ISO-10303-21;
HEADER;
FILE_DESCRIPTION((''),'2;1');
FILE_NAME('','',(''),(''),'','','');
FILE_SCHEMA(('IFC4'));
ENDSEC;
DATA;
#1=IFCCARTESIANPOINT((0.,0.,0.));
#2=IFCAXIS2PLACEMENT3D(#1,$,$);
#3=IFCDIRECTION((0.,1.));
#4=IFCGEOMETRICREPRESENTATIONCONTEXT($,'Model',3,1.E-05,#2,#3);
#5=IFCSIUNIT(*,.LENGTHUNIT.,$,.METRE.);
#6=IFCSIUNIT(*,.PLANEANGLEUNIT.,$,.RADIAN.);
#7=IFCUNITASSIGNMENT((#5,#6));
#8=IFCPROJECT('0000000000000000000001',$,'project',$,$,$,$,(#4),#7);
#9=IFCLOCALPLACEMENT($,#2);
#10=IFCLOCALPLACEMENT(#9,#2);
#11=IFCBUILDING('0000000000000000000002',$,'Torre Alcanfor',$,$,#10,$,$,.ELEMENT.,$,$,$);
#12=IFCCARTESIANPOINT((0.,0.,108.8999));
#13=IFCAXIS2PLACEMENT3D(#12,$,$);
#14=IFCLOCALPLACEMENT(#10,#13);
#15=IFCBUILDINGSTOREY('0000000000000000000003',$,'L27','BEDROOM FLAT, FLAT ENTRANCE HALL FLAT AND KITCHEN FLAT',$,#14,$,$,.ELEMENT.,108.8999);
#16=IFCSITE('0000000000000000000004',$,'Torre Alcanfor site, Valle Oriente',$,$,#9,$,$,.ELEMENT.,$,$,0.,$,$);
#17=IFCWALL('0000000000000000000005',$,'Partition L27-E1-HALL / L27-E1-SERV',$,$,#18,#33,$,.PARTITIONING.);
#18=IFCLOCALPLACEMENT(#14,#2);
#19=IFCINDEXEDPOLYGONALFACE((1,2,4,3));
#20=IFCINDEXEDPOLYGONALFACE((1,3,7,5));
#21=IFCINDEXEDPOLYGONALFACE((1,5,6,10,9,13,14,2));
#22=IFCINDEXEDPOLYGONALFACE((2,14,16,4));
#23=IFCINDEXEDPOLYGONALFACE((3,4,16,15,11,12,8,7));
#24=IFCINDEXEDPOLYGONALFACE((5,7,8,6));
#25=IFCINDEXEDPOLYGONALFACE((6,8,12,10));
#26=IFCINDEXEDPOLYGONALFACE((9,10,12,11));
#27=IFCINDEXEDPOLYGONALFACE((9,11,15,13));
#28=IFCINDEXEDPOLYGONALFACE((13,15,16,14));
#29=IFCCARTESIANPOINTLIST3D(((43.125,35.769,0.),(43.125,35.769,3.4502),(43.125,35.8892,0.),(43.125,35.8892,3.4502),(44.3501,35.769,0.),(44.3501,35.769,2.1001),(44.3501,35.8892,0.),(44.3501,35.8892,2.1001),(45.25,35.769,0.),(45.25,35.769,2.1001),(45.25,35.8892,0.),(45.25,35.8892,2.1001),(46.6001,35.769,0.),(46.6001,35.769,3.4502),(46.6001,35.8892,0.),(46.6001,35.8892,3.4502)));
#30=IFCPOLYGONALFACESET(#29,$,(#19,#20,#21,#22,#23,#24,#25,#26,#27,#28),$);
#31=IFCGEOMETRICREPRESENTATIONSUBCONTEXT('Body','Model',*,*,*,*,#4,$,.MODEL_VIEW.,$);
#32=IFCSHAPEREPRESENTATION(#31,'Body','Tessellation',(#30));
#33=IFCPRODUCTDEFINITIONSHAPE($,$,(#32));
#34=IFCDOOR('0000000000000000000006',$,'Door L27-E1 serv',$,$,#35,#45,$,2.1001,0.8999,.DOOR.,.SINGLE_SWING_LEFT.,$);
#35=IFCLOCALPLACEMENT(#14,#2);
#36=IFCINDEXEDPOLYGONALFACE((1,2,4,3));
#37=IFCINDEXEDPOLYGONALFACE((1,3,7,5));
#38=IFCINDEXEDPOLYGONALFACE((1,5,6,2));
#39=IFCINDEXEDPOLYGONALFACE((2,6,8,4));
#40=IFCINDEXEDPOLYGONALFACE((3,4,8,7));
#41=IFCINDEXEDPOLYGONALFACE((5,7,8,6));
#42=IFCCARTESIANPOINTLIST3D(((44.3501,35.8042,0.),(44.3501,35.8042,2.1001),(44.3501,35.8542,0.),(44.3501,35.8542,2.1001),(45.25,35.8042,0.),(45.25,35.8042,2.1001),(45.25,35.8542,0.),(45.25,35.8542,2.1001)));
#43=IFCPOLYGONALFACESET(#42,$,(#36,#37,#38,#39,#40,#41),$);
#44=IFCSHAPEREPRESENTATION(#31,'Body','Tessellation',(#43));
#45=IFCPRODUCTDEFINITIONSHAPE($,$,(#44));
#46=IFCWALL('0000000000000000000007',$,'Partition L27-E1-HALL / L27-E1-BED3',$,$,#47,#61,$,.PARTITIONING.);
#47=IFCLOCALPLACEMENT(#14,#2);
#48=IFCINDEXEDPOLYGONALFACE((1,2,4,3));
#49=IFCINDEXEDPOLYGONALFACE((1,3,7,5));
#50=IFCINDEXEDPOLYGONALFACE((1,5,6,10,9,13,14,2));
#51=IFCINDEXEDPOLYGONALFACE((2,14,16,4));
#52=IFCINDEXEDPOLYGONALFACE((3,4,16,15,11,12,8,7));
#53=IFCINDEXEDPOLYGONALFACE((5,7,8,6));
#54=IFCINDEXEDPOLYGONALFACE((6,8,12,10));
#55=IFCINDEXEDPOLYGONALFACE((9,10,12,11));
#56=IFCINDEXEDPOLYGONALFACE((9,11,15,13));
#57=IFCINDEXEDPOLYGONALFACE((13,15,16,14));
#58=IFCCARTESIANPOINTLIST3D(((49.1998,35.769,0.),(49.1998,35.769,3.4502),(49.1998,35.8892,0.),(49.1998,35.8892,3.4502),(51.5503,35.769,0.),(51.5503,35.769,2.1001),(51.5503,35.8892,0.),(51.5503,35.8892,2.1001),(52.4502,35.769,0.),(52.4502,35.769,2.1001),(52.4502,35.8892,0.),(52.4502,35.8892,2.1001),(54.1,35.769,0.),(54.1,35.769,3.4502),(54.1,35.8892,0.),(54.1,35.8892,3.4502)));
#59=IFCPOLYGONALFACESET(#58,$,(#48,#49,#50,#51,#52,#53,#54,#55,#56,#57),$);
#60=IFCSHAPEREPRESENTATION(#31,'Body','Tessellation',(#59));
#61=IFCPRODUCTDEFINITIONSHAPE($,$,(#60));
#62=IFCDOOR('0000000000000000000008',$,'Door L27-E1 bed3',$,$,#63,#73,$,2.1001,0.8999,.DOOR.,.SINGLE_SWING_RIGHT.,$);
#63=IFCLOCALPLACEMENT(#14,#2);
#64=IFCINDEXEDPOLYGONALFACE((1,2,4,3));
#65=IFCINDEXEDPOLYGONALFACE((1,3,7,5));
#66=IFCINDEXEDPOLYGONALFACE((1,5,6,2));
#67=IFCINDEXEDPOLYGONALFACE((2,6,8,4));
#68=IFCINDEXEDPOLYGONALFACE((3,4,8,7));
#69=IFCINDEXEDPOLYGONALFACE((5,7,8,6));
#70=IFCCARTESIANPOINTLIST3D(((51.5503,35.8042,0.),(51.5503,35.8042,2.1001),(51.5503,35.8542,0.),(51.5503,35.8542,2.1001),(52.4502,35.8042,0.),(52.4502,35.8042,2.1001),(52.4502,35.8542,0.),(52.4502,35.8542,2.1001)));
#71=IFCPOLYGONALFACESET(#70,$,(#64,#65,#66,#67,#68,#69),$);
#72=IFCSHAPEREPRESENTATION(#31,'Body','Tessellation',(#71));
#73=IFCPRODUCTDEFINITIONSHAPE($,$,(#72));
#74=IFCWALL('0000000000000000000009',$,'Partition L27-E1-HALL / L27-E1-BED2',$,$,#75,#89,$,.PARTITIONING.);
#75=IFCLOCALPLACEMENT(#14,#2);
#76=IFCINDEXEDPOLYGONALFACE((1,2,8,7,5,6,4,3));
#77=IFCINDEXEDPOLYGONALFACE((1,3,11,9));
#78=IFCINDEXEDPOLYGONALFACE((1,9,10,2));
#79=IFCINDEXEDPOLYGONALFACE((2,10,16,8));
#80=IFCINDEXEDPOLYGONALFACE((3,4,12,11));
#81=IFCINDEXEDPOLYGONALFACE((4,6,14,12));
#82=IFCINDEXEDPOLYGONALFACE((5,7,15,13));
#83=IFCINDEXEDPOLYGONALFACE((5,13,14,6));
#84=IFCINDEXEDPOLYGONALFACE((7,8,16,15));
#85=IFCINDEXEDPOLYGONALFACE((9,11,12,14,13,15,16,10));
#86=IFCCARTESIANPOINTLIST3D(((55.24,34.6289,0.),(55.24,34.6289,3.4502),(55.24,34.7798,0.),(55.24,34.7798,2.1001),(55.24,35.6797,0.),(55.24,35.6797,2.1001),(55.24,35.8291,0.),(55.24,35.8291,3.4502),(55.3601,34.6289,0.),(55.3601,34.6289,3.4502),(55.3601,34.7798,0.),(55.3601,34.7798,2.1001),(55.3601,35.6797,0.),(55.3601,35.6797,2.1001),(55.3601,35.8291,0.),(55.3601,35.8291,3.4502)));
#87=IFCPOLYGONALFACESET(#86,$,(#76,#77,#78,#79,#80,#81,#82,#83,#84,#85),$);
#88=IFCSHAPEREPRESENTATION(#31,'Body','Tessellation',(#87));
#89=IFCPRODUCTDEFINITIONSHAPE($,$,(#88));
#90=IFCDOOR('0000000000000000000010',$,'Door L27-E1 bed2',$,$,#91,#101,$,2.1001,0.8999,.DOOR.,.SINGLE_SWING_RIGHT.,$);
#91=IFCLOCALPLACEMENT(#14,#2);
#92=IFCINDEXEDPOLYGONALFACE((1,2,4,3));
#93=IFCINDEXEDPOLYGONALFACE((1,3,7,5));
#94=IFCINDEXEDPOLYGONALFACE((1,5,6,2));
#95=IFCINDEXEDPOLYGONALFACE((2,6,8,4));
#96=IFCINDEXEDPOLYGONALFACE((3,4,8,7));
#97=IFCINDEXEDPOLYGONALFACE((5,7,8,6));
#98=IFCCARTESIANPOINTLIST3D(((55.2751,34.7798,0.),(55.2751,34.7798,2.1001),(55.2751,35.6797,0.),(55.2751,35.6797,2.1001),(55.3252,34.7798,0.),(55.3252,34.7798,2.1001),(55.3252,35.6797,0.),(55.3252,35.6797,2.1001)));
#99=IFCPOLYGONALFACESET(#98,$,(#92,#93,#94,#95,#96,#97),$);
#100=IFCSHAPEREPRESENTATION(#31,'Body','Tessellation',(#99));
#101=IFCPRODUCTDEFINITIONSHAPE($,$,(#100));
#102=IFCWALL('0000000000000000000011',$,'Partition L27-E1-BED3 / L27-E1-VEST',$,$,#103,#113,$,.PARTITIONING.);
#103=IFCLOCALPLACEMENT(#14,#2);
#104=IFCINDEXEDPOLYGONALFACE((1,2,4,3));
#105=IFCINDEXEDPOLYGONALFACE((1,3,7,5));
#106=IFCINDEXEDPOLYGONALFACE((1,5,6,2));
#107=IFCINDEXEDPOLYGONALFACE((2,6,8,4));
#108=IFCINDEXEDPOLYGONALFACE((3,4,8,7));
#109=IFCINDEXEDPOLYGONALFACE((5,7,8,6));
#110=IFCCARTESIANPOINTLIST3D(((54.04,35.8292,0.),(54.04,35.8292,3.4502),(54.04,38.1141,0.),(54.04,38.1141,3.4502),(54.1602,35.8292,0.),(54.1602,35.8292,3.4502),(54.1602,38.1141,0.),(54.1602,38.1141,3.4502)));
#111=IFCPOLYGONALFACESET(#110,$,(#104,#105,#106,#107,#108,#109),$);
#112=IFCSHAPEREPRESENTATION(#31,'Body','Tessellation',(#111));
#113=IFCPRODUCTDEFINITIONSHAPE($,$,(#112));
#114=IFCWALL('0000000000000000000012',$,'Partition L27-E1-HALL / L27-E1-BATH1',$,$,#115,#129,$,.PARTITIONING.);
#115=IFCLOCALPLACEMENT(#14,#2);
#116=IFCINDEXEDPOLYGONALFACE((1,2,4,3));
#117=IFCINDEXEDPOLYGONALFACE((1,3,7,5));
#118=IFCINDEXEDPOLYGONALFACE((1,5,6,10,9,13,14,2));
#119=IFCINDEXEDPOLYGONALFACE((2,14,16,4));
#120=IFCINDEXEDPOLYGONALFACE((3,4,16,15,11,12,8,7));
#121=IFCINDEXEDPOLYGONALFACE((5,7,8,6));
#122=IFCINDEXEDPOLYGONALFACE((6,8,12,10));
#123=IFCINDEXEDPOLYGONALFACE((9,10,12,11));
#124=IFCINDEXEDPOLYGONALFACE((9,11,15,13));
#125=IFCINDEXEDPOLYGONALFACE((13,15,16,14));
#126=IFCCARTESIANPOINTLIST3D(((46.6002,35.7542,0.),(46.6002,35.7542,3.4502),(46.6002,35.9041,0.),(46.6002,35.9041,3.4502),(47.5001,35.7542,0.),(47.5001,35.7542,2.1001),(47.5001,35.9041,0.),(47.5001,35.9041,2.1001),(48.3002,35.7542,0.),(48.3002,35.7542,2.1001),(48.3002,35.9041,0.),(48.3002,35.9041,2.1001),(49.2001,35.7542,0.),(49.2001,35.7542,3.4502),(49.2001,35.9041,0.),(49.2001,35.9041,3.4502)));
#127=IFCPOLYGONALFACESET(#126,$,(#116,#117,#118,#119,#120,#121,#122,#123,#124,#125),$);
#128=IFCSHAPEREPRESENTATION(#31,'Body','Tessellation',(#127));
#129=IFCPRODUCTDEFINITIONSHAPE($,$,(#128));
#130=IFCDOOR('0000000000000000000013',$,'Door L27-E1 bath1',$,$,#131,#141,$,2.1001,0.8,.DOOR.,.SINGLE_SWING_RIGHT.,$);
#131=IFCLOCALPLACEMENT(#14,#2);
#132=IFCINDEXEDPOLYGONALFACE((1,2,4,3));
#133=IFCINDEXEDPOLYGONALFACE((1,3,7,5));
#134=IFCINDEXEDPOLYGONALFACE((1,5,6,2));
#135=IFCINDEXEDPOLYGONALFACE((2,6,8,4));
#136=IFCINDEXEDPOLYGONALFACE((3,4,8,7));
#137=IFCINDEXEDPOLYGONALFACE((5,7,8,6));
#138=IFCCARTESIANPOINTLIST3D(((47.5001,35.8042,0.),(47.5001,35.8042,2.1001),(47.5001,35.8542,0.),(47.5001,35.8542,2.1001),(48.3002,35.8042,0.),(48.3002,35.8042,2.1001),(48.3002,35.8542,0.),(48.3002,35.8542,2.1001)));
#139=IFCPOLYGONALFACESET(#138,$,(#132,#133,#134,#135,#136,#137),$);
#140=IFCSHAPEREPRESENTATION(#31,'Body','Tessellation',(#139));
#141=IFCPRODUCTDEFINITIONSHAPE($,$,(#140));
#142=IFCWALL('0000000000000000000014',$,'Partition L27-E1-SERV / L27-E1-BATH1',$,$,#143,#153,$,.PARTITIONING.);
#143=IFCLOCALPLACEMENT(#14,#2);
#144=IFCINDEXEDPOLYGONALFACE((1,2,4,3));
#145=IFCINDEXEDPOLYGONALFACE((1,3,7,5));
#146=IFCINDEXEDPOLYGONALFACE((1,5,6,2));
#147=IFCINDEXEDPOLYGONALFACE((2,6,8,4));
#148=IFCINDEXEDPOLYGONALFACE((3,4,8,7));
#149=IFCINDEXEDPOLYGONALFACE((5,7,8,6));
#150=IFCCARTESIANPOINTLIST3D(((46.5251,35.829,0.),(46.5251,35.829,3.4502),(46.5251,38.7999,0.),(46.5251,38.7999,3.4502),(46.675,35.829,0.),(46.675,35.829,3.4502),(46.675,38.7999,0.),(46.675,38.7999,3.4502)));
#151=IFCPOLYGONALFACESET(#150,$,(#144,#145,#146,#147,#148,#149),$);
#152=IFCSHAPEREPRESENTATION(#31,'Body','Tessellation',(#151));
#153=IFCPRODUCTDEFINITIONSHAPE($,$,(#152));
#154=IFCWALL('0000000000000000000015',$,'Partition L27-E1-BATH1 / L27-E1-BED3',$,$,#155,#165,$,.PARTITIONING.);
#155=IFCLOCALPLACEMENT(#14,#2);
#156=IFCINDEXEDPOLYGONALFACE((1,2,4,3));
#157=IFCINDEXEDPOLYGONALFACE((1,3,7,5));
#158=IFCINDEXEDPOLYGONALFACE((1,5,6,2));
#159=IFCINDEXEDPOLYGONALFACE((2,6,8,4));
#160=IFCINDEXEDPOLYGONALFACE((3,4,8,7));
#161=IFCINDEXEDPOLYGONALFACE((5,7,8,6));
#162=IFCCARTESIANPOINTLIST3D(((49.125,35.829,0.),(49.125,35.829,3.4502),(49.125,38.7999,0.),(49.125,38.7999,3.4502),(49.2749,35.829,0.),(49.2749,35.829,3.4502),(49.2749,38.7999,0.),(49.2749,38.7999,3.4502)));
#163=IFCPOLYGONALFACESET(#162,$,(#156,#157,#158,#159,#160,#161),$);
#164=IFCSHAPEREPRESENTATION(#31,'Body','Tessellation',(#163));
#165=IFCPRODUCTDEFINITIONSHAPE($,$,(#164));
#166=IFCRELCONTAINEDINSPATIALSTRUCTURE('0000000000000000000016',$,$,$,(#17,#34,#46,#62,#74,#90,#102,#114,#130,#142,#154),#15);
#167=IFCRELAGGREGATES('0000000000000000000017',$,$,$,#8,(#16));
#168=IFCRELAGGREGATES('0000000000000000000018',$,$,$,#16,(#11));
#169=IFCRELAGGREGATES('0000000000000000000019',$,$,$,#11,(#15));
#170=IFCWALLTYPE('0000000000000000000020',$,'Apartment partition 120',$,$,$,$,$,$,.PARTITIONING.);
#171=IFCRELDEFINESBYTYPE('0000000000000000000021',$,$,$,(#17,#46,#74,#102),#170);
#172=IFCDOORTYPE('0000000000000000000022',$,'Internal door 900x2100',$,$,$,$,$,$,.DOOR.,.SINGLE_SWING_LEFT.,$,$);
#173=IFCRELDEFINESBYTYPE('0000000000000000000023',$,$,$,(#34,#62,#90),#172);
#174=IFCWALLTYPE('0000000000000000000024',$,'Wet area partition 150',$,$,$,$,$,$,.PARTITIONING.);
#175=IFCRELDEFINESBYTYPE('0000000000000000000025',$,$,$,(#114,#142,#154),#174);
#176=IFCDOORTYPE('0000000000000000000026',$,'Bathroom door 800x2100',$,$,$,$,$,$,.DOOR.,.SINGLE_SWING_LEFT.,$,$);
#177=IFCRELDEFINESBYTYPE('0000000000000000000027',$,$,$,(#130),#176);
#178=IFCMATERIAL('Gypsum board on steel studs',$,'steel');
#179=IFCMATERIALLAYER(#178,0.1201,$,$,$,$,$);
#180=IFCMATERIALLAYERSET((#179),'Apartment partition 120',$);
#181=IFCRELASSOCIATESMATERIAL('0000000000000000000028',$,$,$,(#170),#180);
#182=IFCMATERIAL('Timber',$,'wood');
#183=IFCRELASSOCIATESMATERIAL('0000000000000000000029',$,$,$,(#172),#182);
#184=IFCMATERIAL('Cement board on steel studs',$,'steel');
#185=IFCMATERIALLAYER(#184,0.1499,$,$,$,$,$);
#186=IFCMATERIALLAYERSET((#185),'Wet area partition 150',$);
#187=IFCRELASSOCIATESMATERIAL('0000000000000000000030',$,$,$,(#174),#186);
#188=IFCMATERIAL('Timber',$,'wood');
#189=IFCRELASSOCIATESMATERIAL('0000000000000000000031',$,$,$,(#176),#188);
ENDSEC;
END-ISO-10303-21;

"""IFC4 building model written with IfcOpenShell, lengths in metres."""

from ifc_helpers import new_model, si_unit, direction, frame, frame_2d, origin, place, context, subcontext, project, spatial, rectangle, extrude, material, layer, layer_set, type_object, element, fill, save


model = new_model("IFC4")

# Units and contexts
model_context = context("Model", 3, precision=1e-05, world=origin(), true_north=direction((0.0, 1.0)))
body_context = subcontext(model_context, "Body", "Model", "MODEL_VIEW")
ifc_project = project(units=[si_unit("LENGTHUNIT", "METRE"), si_unit("PLANEANGLEUNIT", "RADIAN")], contexts=[model_context])

# Site, building, storey
site_placement = place(None, origin())
site = spatial("IfcSite", under=ifc_project, at=site_placement, Name="Torre Alcanfor site, Valle Oriente", CompositionType="ELEMENT", RefElevation=0.0)
building_placement = place(site_placement, origin())
building = spatial("IfcBuilding", under=site, at=building_placement, Name="Torre Alcanfor", CompositionType="ELEMENT")
storey_placement = place(building_placement, frame((0.0, 0.0, 108.8999)))
storey = spatial("IfcBuildingStorey", under=building, at=storey_placement, Name="L27", Description="BEDROOM FLAT, FLAT ENTRANCE HALL FLAT AND KITCHEN FLAT", CompositionType="ELEMENT", Elevation=108.8999)

# Shared definitions
ifc_material_1 = material(Name="Gypsum board on steel studs", Category="steel")
ifc_layer_1 = layer(ifc_material_1, 0.1201)
ifc_layer_set_1 = layer_set([ifc_layer_1], Name="Apartment partition 120")
wall_type_1 = type_object("IfcWallType", Name="Apartment partition 120", PredefinedType="PARTITIONING", material=ifc_layer_set_1)
ifc_material_2 = material(Name="Timber", Category="wood")
door_type_1 = type_object("IfcDoorType", Name="Internal door 900x2100", OperationType="SINGLE_SWING_LEFT", PredefinedType="DOOR", material=ifc_material_2)

# Walls, openings, doors
wall_1_placement = place(storey_placement, frame((46.6001, 35.8291, 0.0), z_axis=(0.0, 0.0, 1.0), x_axis=(-1.0, 0.0, 0.0)))
wall_1 = element("IfcWall", 1, at=wall_1_placement, inside=storey, type_object=wall_type_1, Name="Partition L27-E1-HALL / L27-E1-SERV", PredefinedType="PARTITIONING", context=body_context, shape_type="SweptSolid", body=[
    extrude(rectangle(XDim=3.4751, YDim=0.1201, at=frame_2d((1.7375, 0.0))), origin(), (0.0, 0.0, 1.0), 3.4502),
])
opening_1_placement = place(wall_1_placement, frame((1.3501, 0.0, 0.0)))
opening_1 = element("IfcOpeningElement", 2, at=opening_1_placement, cuts=wall_1, PredefinedType="OPENING", context=body_context, shape_type="SweptSolid", body=[
    extrude(rectangle(XDim=0.8999, YDim=2.1001, at=frame_2d((0.45, 1.05))), frame((0.0, 0.0701, 0.0), z_axis=(0.0, -1.0, 0.0), x_axis=(1.0, 0.0, 0.0)), (0.0, 0.0, 1.0), 0.1401),
])
door_1_placement = place(opening_1_placement, frame((0.8999, 0.0, 0.0), z_axis=(0.0, 0.0, 1.0), x_axis=(-1.0, 0.0, 0.0)))
door_1 = element("IfcDoor", 3, at=door_1_placement, inside=storey, type_object=door_type_1, Name="Door L27-E1 serv", OperationType="SINGLE_SWING_LEFT", OverallHeight=2.1001, OverallWidth=0.8999, PredefinedType="DOOR", context=body_context, shape_type="SweptSolid", body=[
    extrude(rectangle(XDim=0.8999, YDim=2.1001, at=frame_2d((0.45, 1.05))), frame((0.0, 0.0251, 0.0), z_axis=(0.0, -1.0, 0.0), x_axis=(1.0, 0.0, 0.0)), (0.0, 0.0, 1.0), 0.05),
])
fill(opening_1, door_1)
wall_2_placement = place(storey_placement, frame((54.1001, 35.8291, 0.0), z_axis=(0.0, 0.0, 1.0), x_axis=(-1.0, 0.0, 0.0)))
wall_2 = element("IfcWall", 4, at=wall_2_placement, inside=storey, type_object=wall_type_1, Name="Partition L27-E1-HALL / L27-E1-BED3", PredefinedType="PARTITIONING", context=body_context, shape_type="SweptSolid", body=[
    extrude(rectangle(XDim=4.9001, YDim=0.1201, at=frame_2d((2.4502, 0.0))), origin(), (0.0, 0.0, 1.0), 3.4502),
])
opening_2_placement = place(wall_2_placement, frame((1.6499, 0.0, 0.0)))
opening_2 = element("IfcOpeningElement", 5, at=opening_2_placement, cuts=wall_2, PredefinedType="OPENING", context=body_context, shape_type="SweptSolid", body=[
    extrude(rectangle(XDim=0.8999, YDim=2.1001, at=frame_2d((0.45, 1.05))), frame((0.0, 0.0701, 0.0), z_axis=(0.0, -1.0, 0.0), x_axis=(1.0, 0.0, 0.0)), (0.0, 0.0, 1.0), 0.1401),
])
door_2_placement = place(opening_2_placement, frame((0.8999, 0.0, 0.0), z_axis=(0.0, 0.0, 1.0), x_axis=(-1.0, 0.0, 0.0)))
door_2 = element("IfcDoor", 6, at=door_2_placement, inside=storey, type_object=door_type_1, Name="Door L27-E1 bed3", OperationType="SINGLE_SWING_RIGHT", OverallHeight=2.1001, OverallWidth=0.8999, PredefinedType="DOOR", context=body_context, shape_type="SweptSolid", body=[
    extrude(rectangle(XDim=0.8999, YDim=2.1001, at=frame_2d((0.45, 1.05))), frame((0.0, 0.0251, 0.0), z_axis=(0.0, -1.0, 0.0), x_axis=(1.0, 0.0, 0.0)), (0.0, 0.0, 1.0), 0.05),
])
fill(opening_2, door_2)
wall_3_placement = place(storey_placement, frame((55.3, 34.6289, 0.0), z_axis=(0.0, 0.0, 1.0), x_axis=(0.0, 1.0, 0.0)))
wall_3 = element("IfcWall", 7, at=wall_3_placement, inside=storey, type_object=wall_type_1, Name="Partition L27-E1-HALL / L27-E1-BED2", PredefinedType="PARTITIONING", context=body_context, shape_type="SweptSolid", body=[
    extrude(rectangle(XDim=1.2002, YDim=0.1201, at=frame_2d((0.6001, 0.0))), origin(), (0.0, 0.0, 1.0), 3.4502),
])
opening_3_placement = place(wall_3_placement, frame((0.1509, 0.0, 0.0)))
opening_3 = element("IfcOpeningElement", 8, at=opening_3_placement, cuts=wall_3, PredefinedType="OPENING", context=body_context, shape_type="SweptSolid", body=[
    extrude(rectangle(XDim=0.8999, YDim=2.1001, at=frame_2d((0.45, 1.05))), frame((0.0, 0.0701, 0.0), z_axis=(0.0, -1.0, 0.0), x_axis=(1.0, 0.0, 0.0)), (0.0, 0.0, 1.0), 0.1401),
])
door_3_placement = place(opening_3_placement, frame((0.8999, 0.0, 0.0), z_axis=(0.0, 0.0, 1.0), x_axis=(-1.0, 0.0, 0.0)))
door_3 = element("IfcDoor", 9, at=door_3_placement, inside=storey, type_object=door_type_1, Name="Door L27-E1 bed2", OperationType="SINGLE_SWING_RIGHT", OverallHeight=2.1001, OverallWidth=0.8999, PredefinedType="DOOR", context=body_context, shape_type="SweptSolid", body=[
    extrude(rectangle(XDim=0.8999, YDim=2.1001, at=frame_2d((0.45, 1.05))), frame((0.0, 0.0251, 0.0), z_axis=(0.0, -1.0, 0.0), x_axis=(1.0, 0.0, 0.0)), (0.0, 0.0, 1.0), 0.05),
])
fill(opening_3, door_3)

# Wall
wall_4_placement = place(storey_placement, frame((54.1001, 35.8291, 0.0), z_axis=(0.0, 0.0, 1.0), x_axis=(0.0, 1.0, 0.0)))
element("IfcWall", 10, at=wall_4_placement, inside=storey, type_object=wall_type_1, Name="Partition L27-E1-BED3 / L27-E1-VEST", PredefinedType="PARTITIONING", context=body_context, shape_type="SweptSolid", body=[
    extrude(rectangle(XDim=2.2849, YDim=0.1201, at=frame_2d((1.1426, 0.0))), origin(), (0.0, 0.0, 1.0), 3.4502),
])

# Wall, opening, door
ifc_material_3 = material(Name="Cement board on steel studs", Category="steel")
ifc_layer_2 = layer(ifc_material_3, 0.1499)
ifc_layer_set_2 = layer_set([ifc_layer_2], Name="Wet area partition 150")
wall_type_2 = type_object("IfcWallType", Name="Wet area partition 150", PredefinedType="PARTITIONING", material=ifc_layer_set_2)
wall_5_placement = place(storey_placement, frame((49.2, 35.8291, 0.0), z_axis=(0.0, 0.0, 1.0), x_axis=(-1.0, 0.0, 0.0)))
wall_5 = element("IfcWall", 11, at=wall_5_placement, inside=storey, type_object=wall_type_2, Name="Partition L27-E1-HALL / L27-E1-BATH1", PredefinedType="PARTITIONING", context=body_context, shape_type="SweptSolid", body=[
    extrude(rectangle(XDim=2.5999, YDim=0.1499, at=frame_2d((1.2998, 0.0))), origin(), (0.0, 0.0, 1.0), 3.4502),
])
opening_4_placement = place(wall_5_placement, frame((0.8999, 0.0, 0.0)))
opening_4 = element("IfcOpeningElement", 12, at=opening_4_placement, cuts=wall_5, PredefinedType="OPENING", context=body_context, shape_type="SweptSolid", body=[
    extrude(rectangle(XDim=0.8, YDim=2.1001, at=frame_2d((0.3999, 1.05))), frame((0.0, 0.085, 0.0), z_axis=(0.0, -1.0, 0.0), x_axis=(1.0, 0.0, 0.0)), (0.0, 0.0, 1.0), 0.1699),
])
ifc_material_4 = material(Name="Timber", Category="wood")
door_type_2 = type_object("IfcDoorType", Name="Bathroom door 800x2100", OperationType="SINGLE_SWING_LEFT", PredefinedType="DOOR", material=ifc_material_4)
door_4_placement = place(opening_4_placement, frame((0.8, 0.0, 0.0), z_axis=(0.0, 0.0, 1.0), x_axis=(-1.0, 0.0, 0.0)))
door_4 = element("IfcDoor", 13, at=door_4_placement, inside=storey, type_object=door_type_2, Name="Door L27-E1 bath1", OperationType="SINGLE_SWING_RIGHT", OverallHeight=2.1001, OverallWidth=0.8, PredefinedType="DOOR", context=body_context, shape_type="SweptSolid", body=[
    extrude(rectangle(XDim=0.8, YDim=2.1001, at=frame_2d((0.4001, 1.05))), frame((0.0, 0.0251, 0.0), z_axis=(0.0, -1.0, 0.0), x_axis=(1.0, 0.0, 0.0)), (0.0, 0.0, 1.0), 0.05),
])
fill(opening_4, door_4)

# Walls
for number, where, z_axis, x_axis, name in (
    (14, (46.6001, 35.8291, 0.0), (0.0, 0.0, 1.0), (0.0, 1.0, 0.0), "Partition L27-E1-SERV / L27-E1-BATH1"),
    (15, (49.2, 35.8291, 0.0), (0.0, 0.0, 1.0), (0.0, 1.0, 0.0), "Partition L27-E1-BATH1 / L27-E1-BED3"),
):
    element("IfcWall", number, at=place(storey_placement, frame(where, z_axis=z_axis, x_axis=x_axis)), inside=storey, type_object=wall_type_2, Name=name, PredefinedType="PARTITIONING", context=body_context, shape_type="SweptSolid", body=[
        extrude(rectangle(XDim=2.9709, YDim=0.1499, at=frame_2d((1.4854, 0.0))), origin(), (0.0, 0.0, 1.0), 3.4502),
    ])

save(model, "model.ifc")
